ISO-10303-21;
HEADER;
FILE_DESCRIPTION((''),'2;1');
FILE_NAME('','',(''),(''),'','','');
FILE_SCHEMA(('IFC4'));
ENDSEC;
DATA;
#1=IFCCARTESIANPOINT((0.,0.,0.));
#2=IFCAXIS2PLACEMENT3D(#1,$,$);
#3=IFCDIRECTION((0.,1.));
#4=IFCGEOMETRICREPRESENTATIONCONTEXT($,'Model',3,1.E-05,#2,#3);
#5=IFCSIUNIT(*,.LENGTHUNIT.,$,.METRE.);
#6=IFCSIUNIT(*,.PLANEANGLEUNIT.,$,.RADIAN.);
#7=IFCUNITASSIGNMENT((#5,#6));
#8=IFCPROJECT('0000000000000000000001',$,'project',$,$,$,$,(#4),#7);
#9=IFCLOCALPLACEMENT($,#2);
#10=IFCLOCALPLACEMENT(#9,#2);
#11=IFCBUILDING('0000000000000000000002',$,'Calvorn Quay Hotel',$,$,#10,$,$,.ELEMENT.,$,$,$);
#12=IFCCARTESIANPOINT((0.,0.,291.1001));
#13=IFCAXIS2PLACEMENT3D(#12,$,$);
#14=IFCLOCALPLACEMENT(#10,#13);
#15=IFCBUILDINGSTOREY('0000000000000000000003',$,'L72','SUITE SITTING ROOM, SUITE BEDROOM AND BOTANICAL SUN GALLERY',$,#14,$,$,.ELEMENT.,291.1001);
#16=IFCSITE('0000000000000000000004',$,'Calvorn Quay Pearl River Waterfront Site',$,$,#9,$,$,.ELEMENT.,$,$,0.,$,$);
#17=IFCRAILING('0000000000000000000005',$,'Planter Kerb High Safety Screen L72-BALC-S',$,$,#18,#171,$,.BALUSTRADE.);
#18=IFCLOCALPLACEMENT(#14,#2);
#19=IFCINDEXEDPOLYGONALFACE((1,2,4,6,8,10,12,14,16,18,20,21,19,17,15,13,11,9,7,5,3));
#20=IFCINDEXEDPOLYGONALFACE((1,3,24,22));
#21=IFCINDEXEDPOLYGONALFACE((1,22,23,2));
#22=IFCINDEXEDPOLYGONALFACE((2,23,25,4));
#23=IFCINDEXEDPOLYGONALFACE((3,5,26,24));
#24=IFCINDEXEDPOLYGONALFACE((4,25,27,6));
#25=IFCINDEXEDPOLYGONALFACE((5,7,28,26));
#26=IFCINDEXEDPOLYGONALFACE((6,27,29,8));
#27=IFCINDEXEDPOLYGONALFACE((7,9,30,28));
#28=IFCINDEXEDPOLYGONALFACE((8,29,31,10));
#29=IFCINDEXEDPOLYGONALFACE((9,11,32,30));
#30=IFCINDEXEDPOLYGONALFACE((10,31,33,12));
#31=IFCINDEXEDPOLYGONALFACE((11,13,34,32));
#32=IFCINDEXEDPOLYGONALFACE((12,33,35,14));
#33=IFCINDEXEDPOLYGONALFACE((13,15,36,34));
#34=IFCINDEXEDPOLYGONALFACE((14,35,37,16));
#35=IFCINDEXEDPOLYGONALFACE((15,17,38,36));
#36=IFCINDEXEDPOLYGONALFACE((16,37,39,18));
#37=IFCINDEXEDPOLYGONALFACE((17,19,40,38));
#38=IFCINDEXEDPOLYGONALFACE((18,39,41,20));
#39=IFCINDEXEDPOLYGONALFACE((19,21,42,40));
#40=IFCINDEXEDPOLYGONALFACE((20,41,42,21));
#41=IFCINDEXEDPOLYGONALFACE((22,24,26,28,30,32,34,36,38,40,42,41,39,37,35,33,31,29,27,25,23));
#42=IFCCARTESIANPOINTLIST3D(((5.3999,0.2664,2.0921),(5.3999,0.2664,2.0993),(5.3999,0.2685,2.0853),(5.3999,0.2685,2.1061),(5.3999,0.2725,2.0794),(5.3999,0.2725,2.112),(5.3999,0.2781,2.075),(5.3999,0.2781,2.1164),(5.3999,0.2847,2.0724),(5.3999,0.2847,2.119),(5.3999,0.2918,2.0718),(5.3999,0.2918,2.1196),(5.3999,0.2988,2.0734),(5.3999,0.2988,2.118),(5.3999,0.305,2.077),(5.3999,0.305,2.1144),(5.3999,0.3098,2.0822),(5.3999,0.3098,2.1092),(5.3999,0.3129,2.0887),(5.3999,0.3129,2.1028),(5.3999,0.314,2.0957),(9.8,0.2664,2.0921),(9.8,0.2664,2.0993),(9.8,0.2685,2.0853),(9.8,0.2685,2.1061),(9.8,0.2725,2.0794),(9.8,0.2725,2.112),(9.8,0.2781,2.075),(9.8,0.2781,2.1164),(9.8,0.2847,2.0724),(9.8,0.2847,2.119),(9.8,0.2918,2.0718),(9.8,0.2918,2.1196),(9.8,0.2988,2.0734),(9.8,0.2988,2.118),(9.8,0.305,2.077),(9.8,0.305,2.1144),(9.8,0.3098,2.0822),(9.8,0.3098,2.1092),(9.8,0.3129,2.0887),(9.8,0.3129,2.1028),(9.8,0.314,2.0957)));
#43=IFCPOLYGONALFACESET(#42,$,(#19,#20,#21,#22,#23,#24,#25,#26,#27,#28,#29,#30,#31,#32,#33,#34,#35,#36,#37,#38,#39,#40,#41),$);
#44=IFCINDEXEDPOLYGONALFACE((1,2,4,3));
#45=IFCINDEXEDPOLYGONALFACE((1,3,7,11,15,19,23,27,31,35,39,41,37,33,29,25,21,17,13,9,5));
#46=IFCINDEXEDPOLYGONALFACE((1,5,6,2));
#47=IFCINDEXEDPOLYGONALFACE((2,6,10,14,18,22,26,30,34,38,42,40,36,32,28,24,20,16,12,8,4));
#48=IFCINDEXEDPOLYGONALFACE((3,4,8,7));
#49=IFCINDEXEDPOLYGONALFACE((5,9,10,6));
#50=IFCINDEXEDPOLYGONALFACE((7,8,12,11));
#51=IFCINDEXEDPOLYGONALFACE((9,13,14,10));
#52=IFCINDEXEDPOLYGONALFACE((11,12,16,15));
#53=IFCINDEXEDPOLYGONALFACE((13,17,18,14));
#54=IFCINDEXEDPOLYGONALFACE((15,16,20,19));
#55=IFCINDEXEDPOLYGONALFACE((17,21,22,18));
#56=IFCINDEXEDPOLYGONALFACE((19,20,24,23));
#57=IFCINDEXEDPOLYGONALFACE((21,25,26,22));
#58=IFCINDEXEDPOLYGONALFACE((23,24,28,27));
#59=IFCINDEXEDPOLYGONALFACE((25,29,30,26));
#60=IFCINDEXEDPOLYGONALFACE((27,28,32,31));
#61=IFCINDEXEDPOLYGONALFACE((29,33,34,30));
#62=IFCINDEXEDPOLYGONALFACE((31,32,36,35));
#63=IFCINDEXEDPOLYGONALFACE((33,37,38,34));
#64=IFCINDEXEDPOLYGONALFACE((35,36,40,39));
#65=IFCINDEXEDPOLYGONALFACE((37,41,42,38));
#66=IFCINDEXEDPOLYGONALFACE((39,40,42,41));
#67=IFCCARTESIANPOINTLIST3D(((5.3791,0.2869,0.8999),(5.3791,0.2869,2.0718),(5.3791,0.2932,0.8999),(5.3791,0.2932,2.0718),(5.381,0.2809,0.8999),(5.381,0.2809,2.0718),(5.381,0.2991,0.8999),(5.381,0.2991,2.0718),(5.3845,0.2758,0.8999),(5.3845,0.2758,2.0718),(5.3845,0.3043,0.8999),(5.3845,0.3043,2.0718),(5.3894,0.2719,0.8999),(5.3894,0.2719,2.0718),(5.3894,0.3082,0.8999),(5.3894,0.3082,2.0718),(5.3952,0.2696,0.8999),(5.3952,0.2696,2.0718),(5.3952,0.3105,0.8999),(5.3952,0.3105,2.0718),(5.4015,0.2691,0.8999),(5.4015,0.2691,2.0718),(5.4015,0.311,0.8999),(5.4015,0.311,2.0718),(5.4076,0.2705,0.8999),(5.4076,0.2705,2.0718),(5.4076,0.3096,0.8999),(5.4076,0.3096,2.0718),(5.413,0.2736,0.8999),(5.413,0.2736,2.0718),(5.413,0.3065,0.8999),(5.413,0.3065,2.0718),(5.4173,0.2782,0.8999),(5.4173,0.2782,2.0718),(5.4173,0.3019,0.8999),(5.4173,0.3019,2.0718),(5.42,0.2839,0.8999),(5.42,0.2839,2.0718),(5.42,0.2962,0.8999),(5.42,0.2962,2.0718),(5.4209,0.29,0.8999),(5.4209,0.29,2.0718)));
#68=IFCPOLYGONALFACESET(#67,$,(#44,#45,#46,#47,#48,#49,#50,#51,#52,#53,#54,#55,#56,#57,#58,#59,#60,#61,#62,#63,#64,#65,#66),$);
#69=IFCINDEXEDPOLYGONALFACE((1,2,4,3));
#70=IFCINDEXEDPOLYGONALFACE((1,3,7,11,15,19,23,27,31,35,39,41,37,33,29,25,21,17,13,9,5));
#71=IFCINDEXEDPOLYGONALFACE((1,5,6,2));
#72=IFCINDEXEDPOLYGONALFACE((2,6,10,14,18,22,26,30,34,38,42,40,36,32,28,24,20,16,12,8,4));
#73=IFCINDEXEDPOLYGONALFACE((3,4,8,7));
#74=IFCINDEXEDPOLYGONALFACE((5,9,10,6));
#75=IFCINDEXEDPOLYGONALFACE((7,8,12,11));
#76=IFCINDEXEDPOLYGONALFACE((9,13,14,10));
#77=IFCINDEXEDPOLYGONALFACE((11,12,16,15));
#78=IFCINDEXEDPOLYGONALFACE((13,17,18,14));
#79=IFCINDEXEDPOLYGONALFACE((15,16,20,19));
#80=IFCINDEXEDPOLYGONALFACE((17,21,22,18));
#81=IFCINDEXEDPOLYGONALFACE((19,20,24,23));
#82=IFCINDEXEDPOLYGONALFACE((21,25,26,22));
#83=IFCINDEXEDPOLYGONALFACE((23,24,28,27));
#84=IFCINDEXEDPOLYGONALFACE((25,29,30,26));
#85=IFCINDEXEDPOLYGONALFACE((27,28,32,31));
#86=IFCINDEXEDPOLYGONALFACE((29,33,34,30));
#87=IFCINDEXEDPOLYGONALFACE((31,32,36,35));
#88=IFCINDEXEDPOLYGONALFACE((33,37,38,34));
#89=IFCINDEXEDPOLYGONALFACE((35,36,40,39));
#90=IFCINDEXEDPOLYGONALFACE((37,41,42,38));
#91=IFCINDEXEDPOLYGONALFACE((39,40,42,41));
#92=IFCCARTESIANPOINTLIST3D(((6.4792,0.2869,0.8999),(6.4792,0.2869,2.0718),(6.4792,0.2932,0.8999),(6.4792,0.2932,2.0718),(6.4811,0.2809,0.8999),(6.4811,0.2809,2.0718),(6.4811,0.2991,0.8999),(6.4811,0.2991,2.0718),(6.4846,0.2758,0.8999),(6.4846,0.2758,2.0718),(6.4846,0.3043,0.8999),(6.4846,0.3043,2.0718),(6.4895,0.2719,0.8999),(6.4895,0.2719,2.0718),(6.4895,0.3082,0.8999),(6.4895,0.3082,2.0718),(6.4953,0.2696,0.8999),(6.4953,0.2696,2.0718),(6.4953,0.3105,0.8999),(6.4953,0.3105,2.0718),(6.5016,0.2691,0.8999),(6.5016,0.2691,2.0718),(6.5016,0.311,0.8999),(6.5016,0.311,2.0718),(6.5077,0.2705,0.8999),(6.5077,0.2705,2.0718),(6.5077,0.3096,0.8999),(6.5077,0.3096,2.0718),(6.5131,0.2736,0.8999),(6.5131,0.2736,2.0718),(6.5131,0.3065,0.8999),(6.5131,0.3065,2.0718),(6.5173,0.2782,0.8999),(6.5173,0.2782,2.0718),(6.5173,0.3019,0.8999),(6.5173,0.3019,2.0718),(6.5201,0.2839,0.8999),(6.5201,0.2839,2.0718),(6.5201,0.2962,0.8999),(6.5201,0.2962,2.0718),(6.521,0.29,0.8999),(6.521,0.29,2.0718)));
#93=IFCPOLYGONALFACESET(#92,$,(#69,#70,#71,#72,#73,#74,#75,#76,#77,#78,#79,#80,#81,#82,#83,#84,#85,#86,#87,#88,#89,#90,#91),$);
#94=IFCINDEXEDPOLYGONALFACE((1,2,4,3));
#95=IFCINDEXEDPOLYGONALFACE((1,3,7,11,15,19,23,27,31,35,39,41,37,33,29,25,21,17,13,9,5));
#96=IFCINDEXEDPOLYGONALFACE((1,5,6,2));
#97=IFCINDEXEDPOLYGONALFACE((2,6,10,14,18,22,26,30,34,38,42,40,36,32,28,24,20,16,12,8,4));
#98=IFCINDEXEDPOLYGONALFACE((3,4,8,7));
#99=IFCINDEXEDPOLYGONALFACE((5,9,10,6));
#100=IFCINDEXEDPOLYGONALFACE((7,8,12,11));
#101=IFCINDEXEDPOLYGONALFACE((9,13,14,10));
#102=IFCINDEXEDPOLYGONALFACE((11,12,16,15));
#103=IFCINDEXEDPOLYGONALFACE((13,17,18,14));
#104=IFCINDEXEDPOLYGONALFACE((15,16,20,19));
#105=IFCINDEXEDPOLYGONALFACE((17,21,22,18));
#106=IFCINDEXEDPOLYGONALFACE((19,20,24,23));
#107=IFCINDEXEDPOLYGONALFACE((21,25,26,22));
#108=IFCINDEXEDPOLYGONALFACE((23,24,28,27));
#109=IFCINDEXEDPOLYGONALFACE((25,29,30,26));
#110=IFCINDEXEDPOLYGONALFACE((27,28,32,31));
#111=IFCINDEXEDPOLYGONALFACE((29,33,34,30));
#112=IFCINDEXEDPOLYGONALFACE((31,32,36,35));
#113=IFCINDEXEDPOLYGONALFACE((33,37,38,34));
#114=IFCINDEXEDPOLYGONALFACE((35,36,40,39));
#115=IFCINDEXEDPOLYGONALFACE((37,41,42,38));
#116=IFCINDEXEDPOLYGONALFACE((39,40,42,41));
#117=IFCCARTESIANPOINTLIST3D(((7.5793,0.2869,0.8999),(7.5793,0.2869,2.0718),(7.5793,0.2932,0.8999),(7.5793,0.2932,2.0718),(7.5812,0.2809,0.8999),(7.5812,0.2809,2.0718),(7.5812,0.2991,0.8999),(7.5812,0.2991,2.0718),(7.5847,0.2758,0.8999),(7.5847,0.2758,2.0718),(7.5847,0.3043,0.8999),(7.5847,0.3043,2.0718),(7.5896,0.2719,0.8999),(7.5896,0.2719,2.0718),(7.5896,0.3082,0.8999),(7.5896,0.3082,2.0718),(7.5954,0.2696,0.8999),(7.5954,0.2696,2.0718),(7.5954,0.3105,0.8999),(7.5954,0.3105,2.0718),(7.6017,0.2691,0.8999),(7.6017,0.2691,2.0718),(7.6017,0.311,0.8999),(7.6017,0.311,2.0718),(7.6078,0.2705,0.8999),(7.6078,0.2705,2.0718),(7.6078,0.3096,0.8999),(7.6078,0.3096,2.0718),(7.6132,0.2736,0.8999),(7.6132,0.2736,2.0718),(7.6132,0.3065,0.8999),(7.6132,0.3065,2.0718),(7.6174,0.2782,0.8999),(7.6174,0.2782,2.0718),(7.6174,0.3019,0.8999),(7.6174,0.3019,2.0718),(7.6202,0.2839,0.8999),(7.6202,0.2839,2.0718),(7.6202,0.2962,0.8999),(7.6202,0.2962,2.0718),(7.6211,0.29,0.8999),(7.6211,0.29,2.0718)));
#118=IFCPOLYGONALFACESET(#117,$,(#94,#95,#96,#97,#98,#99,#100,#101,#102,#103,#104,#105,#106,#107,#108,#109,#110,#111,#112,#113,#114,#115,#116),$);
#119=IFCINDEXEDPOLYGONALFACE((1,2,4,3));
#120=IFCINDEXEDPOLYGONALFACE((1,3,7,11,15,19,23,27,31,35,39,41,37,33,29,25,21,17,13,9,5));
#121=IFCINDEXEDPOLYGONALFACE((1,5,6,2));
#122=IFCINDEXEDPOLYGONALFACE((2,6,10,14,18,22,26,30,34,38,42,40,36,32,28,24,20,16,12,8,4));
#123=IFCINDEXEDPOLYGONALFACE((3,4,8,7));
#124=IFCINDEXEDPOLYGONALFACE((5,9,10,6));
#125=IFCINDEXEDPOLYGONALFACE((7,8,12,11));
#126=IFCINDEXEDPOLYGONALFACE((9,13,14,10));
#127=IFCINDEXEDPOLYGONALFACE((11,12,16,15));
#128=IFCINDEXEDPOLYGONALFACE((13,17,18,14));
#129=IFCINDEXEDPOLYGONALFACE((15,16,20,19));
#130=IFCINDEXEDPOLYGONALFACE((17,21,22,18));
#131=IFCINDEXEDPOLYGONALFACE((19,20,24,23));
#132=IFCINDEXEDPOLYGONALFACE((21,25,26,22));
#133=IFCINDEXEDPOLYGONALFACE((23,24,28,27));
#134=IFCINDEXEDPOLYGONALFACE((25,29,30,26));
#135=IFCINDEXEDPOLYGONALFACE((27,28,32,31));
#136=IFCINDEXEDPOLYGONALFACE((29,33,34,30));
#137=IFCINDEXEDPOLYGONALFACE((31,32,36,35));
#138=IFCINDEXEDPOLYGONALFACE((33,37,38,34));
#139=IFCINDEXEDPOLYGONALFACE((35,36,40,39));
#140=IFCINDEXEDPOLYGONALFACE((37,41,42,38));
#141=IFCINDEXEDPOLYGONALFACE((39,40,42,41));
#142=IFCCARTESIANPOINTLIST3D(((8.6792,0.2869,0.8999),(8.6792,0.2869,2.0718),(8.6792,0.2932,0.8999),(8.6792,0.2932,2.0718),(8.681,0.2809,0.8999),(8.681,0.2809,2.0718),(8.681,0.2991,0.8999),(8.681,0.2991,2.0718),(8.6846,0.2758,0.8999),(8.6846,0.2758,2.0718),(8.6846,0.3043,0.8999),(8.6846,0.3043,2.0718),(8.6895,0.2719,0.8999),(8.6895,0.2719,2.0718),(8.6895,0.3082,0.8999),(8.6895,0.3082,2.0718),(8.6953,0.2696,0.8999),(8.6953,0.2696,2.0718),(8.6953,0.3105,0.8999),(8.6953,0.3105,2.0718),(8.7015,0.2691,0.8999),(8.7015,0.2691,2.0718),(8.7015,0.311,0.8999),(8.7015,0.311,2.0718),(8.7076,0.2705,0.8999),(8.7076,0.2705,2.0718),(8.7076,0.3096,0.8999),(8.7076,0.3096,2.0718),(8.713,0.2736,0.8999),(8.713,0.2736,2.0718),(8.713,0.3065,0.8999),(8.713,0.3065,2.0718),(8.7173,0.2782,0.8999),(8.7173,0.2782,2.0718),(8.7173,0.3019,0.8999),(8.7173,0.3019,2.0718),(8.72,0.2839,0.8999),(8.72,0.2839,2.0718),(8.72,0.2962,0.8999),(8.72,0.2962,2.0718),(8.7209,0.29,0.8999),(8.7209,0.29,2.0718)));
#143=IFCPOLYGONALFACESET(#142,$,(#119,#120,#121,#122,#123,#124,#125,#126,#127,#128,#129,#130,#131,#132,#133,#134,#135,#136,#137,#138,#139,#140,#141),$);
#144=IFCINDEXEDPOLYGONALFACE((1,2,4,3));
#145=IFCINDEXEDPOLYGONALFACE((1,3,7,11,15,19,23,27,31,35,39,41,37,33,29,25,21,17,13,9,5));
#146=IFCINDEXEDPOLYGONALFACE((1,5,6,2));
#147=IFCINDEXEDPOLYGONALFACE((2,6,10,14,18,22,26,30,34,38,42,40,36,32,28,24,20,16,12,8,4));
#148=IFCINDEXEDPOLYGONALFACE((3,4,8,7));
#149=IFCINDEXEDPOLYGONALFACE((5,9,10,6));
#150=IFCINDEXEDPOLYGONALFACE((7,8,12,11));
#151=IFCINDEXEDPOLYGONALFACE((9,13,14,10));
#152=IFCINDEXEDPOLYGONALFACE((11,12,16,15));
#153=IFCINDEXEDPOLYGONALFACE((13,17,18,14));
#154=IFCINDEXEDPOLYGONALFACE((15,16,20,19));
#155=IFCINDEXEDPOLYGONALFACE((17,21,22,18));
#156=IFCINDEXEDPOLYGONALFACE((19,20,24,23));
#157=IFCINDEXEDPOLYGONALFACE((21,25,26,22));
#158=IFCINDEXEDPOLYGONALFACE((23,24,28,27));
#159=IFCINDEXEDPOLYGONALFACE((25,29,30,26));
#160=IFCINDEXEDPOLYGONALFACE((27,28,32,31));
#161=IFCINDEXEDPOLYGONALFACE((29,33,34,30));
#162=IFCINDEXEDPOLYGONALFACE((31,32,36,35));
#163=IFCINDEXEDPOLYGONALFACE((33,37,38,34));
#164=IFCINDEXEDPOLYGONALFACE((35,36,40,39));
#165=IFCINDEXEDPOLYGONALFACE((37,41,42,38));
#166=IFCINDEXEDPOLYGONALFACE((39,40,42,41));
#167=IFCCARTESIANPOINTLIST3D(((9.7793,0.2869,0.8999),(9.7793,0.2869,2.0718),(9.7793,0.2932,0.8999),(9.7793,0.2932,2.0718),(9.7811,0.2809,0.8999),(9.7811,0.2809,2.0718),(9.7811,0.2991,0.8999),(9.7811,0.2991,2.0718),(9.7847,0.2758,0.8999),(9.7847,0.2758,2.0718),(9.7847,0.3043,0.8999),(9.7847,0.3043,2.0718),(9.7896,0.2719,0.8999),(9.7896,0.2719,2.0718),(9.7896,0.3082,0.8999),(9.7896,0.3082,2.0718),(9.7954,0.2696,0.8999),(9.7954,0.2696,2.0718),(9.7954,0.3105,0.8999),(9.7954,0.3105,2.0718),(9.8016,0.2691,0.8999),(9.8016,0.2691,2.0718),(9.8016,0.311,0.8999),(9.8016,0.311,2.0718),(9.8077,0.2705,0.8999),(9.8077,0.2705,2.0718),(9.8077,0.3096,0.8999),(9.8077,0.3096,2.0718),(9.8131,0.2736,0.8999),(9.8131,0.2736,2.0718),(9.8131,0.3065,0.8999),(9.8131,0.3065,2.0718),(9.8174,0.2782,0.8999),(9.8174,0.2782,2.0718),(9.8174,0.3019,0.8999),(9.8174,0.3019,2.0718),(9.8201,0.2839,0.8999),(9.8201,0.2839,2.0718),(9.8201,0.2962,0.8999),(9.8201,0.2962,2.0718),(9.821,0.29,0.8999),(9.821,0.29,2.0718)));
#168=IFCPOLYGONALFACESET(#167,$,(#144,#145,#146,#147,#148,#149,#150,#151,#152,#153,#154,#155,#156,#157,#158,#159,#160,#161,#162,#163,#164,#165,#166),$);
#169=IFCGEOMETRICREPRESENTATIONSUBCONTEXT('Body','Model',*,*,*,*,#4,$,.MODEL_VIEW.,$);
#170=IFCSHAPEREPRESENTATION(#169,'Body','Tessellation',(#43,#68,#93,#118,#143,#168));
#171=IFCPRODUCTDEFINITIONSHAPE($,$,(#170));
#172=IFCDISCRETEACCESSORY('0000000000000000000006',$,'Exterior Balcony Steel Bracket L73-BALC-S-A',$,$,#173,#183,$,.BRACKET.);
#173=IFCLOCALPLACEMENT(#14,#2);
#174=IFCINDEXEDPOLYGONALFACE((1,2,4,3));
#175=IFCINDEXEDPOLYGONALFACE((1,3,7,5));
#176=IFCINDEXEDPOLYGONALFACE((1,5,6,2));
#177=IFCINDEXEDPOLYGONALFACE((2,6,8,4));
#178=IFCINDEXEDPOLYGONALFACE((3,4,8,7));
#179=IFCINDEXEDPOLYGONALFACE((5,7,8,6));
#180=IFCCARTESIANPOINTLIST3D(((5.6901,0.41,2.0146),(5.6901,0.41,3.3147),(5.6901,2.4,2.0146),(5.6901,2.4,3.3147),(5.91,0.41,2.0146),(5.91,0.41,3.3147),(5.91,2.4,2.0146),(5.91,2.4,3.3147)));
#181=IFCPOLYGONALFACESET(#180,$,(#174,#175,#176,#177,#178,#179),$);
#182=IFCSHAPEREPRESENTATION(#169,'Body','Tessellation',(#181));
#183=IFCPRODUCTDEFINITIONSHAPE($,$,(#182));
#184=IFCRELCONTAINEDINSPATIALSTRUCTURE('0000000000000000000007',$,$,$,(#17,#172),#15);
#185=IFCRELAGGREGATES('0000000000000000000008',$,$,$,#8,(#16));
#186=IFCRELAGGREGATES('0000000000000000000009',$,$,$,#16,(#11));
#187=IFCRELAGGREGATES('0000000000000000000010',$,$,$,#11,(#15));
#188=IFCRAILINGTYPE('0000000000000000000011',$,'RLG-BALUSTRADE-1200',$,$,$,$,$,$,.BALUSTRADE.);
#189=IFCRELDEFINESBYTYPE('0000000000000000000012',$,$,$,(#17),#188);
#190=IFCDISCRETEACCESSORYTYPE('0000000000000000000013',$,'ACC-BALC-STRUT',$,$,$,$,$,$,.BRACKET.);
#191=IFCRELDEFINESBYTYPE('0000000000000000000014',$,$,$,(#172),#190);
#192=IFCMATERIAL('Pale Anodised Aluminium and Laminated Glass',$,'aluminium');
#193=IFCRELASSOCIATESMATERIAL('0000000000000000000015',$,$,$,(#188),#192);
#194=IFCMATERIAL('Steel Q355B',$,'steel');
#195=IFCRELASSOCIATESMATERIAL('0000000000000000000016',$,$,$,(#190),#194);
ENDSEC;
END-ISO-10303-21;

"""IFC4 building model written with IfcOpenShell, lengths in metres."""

from ifc_helpers import new_model, si_unit, direction, frame, origin, origin_2d, place, context, subcontext, project, spatial, rectangle, circle, extrude, material, type_object, element, save


model = new_model("IFC4")

# Units and contexts
model_context = context("Model", 3, precision=1e-05, world=origin(), true_north=direction((0.0, 1.0)))
body_context = subcontext(model_context, "Body", "Model", "MODEL_VIEW")
ifc_project = project(units=[si_unit("LENGTHUNIT", "METRE"), si_unit("PLANEANGLEUNIT", "RADIAN")], contexts=[model_context])

# Site, building, storey
site_placement = place(None, origin())
site = spatial("IfcSite", under=ifc_project, at=site_placement, Name="Calvorn Quay Pearl River Waterfront Site", CompositionType="ELEMENT", RefElevation=0.0)
building_placement = place(site_placement, origin())
building = spatial("IfcBuilding", under=site, at=building_placement, Name="Calvorn Quay Hotel", CompositionType="ELEMENT")
storey_placement = place(building_placement, frame((0.0, 0.0, 291.1001)))
storey = spatial("IfcBuildingStorey", under=building, at=storey_placement, Name="L72", Description="SUITE SITTING ROOM, SUITE BEDROOM AND BOTANICAL SUN GALLERY", CompositionType="ELEMENT", Elevation=291.1001)

# Railing
ifc_material_1 = material(Name="Pale Anodised Aluminium and Laminated Glass", Category="aluminium")
railing_type = type_object("IfcRailingType", Name="RLG-BALUSTRADE-1200", PredefinedType="BALUSTRADE", material=ifc_material_1)
railing_1_placement = place(storey_placement, frame((5.3999, 0.29, 0.8999)))
element("IfcRailing", 1, at=railing_1_placement, inside=storey, type_object=railing_type, Name="Planter Kerb High Safety Screen L72-BALC-S", PredefinedType="BALUSTRADE", context=body_context, shape_type="SweptSolid", body=[
    extrude(circle(Radius=0.0239, at=origin_2d()), frame((0.0, 0.0, 1.1958), z_axis=(1.0, 0.0, 0.0), x_axis=(0.0, 1.0, 0.0)), (0.0, 0.0, 1.0), 4.4001),
    extrude(circle(Radius=0.021, at=origin_2d()), origin(), (0.0, 0.0, 1.0), 1.1719),
    extrude(circle(Radius=0.021, at=origin_2d()), frame((1.1001, 0.0, 0.0)), (0.0, 0.0, 1.0), 1.1719),
    extrude(circle(Radius=0.021, at=origin_2d()), frame((2.2002, 0.0, 0.0)), (0.0, 0.0, 1.0), 1.1719),
    extrude(circle(Radius=0.021, at=origin_2d()), frame((3.3, 0.0, 0.0)), (0.0, 0.0, 1.0), 1.1719),
    extrude(circle(Radius=0.021, at=origin_2d()), frame((4.4001, 0.0, 0.0)), (0.0, 0.0, 1.0), 1.1719),
])

# Discrete accessory
ifc_material_2 = material(Name="Steel Q355B", Category="steel")
discrete_accessory_type = type_object("IfcDiscreteAccessoryType", Name="ACC-BALC-STRUT", PredefinedType="BRACKET", material=ifc_material_2)
discrete_accessory_placement = place(storey_placement, frame((5.8, 1.405, 2.0146), z_axis=(0.0, 0.0, 1.0), x_axis=(1.0, 0.0, 0.0)))
element("IfcDiscreteAccessory", 2, at=discrete_accessory_placement, inside=storey, type_object=discrete_accessory_type, Name="Exterior Balcony Steel Bracket L73-BALC-S-A", PredefinedType="BRACKET", context=body_context, shape_type="SweptSolid", body=[
    extrude(rectangle(XDim=0.22, YDim=1.99, at=origin_2d()), origin(), (0.0, 0.0, 1.0), 1.3),
])

save(model, "model.ifc")
